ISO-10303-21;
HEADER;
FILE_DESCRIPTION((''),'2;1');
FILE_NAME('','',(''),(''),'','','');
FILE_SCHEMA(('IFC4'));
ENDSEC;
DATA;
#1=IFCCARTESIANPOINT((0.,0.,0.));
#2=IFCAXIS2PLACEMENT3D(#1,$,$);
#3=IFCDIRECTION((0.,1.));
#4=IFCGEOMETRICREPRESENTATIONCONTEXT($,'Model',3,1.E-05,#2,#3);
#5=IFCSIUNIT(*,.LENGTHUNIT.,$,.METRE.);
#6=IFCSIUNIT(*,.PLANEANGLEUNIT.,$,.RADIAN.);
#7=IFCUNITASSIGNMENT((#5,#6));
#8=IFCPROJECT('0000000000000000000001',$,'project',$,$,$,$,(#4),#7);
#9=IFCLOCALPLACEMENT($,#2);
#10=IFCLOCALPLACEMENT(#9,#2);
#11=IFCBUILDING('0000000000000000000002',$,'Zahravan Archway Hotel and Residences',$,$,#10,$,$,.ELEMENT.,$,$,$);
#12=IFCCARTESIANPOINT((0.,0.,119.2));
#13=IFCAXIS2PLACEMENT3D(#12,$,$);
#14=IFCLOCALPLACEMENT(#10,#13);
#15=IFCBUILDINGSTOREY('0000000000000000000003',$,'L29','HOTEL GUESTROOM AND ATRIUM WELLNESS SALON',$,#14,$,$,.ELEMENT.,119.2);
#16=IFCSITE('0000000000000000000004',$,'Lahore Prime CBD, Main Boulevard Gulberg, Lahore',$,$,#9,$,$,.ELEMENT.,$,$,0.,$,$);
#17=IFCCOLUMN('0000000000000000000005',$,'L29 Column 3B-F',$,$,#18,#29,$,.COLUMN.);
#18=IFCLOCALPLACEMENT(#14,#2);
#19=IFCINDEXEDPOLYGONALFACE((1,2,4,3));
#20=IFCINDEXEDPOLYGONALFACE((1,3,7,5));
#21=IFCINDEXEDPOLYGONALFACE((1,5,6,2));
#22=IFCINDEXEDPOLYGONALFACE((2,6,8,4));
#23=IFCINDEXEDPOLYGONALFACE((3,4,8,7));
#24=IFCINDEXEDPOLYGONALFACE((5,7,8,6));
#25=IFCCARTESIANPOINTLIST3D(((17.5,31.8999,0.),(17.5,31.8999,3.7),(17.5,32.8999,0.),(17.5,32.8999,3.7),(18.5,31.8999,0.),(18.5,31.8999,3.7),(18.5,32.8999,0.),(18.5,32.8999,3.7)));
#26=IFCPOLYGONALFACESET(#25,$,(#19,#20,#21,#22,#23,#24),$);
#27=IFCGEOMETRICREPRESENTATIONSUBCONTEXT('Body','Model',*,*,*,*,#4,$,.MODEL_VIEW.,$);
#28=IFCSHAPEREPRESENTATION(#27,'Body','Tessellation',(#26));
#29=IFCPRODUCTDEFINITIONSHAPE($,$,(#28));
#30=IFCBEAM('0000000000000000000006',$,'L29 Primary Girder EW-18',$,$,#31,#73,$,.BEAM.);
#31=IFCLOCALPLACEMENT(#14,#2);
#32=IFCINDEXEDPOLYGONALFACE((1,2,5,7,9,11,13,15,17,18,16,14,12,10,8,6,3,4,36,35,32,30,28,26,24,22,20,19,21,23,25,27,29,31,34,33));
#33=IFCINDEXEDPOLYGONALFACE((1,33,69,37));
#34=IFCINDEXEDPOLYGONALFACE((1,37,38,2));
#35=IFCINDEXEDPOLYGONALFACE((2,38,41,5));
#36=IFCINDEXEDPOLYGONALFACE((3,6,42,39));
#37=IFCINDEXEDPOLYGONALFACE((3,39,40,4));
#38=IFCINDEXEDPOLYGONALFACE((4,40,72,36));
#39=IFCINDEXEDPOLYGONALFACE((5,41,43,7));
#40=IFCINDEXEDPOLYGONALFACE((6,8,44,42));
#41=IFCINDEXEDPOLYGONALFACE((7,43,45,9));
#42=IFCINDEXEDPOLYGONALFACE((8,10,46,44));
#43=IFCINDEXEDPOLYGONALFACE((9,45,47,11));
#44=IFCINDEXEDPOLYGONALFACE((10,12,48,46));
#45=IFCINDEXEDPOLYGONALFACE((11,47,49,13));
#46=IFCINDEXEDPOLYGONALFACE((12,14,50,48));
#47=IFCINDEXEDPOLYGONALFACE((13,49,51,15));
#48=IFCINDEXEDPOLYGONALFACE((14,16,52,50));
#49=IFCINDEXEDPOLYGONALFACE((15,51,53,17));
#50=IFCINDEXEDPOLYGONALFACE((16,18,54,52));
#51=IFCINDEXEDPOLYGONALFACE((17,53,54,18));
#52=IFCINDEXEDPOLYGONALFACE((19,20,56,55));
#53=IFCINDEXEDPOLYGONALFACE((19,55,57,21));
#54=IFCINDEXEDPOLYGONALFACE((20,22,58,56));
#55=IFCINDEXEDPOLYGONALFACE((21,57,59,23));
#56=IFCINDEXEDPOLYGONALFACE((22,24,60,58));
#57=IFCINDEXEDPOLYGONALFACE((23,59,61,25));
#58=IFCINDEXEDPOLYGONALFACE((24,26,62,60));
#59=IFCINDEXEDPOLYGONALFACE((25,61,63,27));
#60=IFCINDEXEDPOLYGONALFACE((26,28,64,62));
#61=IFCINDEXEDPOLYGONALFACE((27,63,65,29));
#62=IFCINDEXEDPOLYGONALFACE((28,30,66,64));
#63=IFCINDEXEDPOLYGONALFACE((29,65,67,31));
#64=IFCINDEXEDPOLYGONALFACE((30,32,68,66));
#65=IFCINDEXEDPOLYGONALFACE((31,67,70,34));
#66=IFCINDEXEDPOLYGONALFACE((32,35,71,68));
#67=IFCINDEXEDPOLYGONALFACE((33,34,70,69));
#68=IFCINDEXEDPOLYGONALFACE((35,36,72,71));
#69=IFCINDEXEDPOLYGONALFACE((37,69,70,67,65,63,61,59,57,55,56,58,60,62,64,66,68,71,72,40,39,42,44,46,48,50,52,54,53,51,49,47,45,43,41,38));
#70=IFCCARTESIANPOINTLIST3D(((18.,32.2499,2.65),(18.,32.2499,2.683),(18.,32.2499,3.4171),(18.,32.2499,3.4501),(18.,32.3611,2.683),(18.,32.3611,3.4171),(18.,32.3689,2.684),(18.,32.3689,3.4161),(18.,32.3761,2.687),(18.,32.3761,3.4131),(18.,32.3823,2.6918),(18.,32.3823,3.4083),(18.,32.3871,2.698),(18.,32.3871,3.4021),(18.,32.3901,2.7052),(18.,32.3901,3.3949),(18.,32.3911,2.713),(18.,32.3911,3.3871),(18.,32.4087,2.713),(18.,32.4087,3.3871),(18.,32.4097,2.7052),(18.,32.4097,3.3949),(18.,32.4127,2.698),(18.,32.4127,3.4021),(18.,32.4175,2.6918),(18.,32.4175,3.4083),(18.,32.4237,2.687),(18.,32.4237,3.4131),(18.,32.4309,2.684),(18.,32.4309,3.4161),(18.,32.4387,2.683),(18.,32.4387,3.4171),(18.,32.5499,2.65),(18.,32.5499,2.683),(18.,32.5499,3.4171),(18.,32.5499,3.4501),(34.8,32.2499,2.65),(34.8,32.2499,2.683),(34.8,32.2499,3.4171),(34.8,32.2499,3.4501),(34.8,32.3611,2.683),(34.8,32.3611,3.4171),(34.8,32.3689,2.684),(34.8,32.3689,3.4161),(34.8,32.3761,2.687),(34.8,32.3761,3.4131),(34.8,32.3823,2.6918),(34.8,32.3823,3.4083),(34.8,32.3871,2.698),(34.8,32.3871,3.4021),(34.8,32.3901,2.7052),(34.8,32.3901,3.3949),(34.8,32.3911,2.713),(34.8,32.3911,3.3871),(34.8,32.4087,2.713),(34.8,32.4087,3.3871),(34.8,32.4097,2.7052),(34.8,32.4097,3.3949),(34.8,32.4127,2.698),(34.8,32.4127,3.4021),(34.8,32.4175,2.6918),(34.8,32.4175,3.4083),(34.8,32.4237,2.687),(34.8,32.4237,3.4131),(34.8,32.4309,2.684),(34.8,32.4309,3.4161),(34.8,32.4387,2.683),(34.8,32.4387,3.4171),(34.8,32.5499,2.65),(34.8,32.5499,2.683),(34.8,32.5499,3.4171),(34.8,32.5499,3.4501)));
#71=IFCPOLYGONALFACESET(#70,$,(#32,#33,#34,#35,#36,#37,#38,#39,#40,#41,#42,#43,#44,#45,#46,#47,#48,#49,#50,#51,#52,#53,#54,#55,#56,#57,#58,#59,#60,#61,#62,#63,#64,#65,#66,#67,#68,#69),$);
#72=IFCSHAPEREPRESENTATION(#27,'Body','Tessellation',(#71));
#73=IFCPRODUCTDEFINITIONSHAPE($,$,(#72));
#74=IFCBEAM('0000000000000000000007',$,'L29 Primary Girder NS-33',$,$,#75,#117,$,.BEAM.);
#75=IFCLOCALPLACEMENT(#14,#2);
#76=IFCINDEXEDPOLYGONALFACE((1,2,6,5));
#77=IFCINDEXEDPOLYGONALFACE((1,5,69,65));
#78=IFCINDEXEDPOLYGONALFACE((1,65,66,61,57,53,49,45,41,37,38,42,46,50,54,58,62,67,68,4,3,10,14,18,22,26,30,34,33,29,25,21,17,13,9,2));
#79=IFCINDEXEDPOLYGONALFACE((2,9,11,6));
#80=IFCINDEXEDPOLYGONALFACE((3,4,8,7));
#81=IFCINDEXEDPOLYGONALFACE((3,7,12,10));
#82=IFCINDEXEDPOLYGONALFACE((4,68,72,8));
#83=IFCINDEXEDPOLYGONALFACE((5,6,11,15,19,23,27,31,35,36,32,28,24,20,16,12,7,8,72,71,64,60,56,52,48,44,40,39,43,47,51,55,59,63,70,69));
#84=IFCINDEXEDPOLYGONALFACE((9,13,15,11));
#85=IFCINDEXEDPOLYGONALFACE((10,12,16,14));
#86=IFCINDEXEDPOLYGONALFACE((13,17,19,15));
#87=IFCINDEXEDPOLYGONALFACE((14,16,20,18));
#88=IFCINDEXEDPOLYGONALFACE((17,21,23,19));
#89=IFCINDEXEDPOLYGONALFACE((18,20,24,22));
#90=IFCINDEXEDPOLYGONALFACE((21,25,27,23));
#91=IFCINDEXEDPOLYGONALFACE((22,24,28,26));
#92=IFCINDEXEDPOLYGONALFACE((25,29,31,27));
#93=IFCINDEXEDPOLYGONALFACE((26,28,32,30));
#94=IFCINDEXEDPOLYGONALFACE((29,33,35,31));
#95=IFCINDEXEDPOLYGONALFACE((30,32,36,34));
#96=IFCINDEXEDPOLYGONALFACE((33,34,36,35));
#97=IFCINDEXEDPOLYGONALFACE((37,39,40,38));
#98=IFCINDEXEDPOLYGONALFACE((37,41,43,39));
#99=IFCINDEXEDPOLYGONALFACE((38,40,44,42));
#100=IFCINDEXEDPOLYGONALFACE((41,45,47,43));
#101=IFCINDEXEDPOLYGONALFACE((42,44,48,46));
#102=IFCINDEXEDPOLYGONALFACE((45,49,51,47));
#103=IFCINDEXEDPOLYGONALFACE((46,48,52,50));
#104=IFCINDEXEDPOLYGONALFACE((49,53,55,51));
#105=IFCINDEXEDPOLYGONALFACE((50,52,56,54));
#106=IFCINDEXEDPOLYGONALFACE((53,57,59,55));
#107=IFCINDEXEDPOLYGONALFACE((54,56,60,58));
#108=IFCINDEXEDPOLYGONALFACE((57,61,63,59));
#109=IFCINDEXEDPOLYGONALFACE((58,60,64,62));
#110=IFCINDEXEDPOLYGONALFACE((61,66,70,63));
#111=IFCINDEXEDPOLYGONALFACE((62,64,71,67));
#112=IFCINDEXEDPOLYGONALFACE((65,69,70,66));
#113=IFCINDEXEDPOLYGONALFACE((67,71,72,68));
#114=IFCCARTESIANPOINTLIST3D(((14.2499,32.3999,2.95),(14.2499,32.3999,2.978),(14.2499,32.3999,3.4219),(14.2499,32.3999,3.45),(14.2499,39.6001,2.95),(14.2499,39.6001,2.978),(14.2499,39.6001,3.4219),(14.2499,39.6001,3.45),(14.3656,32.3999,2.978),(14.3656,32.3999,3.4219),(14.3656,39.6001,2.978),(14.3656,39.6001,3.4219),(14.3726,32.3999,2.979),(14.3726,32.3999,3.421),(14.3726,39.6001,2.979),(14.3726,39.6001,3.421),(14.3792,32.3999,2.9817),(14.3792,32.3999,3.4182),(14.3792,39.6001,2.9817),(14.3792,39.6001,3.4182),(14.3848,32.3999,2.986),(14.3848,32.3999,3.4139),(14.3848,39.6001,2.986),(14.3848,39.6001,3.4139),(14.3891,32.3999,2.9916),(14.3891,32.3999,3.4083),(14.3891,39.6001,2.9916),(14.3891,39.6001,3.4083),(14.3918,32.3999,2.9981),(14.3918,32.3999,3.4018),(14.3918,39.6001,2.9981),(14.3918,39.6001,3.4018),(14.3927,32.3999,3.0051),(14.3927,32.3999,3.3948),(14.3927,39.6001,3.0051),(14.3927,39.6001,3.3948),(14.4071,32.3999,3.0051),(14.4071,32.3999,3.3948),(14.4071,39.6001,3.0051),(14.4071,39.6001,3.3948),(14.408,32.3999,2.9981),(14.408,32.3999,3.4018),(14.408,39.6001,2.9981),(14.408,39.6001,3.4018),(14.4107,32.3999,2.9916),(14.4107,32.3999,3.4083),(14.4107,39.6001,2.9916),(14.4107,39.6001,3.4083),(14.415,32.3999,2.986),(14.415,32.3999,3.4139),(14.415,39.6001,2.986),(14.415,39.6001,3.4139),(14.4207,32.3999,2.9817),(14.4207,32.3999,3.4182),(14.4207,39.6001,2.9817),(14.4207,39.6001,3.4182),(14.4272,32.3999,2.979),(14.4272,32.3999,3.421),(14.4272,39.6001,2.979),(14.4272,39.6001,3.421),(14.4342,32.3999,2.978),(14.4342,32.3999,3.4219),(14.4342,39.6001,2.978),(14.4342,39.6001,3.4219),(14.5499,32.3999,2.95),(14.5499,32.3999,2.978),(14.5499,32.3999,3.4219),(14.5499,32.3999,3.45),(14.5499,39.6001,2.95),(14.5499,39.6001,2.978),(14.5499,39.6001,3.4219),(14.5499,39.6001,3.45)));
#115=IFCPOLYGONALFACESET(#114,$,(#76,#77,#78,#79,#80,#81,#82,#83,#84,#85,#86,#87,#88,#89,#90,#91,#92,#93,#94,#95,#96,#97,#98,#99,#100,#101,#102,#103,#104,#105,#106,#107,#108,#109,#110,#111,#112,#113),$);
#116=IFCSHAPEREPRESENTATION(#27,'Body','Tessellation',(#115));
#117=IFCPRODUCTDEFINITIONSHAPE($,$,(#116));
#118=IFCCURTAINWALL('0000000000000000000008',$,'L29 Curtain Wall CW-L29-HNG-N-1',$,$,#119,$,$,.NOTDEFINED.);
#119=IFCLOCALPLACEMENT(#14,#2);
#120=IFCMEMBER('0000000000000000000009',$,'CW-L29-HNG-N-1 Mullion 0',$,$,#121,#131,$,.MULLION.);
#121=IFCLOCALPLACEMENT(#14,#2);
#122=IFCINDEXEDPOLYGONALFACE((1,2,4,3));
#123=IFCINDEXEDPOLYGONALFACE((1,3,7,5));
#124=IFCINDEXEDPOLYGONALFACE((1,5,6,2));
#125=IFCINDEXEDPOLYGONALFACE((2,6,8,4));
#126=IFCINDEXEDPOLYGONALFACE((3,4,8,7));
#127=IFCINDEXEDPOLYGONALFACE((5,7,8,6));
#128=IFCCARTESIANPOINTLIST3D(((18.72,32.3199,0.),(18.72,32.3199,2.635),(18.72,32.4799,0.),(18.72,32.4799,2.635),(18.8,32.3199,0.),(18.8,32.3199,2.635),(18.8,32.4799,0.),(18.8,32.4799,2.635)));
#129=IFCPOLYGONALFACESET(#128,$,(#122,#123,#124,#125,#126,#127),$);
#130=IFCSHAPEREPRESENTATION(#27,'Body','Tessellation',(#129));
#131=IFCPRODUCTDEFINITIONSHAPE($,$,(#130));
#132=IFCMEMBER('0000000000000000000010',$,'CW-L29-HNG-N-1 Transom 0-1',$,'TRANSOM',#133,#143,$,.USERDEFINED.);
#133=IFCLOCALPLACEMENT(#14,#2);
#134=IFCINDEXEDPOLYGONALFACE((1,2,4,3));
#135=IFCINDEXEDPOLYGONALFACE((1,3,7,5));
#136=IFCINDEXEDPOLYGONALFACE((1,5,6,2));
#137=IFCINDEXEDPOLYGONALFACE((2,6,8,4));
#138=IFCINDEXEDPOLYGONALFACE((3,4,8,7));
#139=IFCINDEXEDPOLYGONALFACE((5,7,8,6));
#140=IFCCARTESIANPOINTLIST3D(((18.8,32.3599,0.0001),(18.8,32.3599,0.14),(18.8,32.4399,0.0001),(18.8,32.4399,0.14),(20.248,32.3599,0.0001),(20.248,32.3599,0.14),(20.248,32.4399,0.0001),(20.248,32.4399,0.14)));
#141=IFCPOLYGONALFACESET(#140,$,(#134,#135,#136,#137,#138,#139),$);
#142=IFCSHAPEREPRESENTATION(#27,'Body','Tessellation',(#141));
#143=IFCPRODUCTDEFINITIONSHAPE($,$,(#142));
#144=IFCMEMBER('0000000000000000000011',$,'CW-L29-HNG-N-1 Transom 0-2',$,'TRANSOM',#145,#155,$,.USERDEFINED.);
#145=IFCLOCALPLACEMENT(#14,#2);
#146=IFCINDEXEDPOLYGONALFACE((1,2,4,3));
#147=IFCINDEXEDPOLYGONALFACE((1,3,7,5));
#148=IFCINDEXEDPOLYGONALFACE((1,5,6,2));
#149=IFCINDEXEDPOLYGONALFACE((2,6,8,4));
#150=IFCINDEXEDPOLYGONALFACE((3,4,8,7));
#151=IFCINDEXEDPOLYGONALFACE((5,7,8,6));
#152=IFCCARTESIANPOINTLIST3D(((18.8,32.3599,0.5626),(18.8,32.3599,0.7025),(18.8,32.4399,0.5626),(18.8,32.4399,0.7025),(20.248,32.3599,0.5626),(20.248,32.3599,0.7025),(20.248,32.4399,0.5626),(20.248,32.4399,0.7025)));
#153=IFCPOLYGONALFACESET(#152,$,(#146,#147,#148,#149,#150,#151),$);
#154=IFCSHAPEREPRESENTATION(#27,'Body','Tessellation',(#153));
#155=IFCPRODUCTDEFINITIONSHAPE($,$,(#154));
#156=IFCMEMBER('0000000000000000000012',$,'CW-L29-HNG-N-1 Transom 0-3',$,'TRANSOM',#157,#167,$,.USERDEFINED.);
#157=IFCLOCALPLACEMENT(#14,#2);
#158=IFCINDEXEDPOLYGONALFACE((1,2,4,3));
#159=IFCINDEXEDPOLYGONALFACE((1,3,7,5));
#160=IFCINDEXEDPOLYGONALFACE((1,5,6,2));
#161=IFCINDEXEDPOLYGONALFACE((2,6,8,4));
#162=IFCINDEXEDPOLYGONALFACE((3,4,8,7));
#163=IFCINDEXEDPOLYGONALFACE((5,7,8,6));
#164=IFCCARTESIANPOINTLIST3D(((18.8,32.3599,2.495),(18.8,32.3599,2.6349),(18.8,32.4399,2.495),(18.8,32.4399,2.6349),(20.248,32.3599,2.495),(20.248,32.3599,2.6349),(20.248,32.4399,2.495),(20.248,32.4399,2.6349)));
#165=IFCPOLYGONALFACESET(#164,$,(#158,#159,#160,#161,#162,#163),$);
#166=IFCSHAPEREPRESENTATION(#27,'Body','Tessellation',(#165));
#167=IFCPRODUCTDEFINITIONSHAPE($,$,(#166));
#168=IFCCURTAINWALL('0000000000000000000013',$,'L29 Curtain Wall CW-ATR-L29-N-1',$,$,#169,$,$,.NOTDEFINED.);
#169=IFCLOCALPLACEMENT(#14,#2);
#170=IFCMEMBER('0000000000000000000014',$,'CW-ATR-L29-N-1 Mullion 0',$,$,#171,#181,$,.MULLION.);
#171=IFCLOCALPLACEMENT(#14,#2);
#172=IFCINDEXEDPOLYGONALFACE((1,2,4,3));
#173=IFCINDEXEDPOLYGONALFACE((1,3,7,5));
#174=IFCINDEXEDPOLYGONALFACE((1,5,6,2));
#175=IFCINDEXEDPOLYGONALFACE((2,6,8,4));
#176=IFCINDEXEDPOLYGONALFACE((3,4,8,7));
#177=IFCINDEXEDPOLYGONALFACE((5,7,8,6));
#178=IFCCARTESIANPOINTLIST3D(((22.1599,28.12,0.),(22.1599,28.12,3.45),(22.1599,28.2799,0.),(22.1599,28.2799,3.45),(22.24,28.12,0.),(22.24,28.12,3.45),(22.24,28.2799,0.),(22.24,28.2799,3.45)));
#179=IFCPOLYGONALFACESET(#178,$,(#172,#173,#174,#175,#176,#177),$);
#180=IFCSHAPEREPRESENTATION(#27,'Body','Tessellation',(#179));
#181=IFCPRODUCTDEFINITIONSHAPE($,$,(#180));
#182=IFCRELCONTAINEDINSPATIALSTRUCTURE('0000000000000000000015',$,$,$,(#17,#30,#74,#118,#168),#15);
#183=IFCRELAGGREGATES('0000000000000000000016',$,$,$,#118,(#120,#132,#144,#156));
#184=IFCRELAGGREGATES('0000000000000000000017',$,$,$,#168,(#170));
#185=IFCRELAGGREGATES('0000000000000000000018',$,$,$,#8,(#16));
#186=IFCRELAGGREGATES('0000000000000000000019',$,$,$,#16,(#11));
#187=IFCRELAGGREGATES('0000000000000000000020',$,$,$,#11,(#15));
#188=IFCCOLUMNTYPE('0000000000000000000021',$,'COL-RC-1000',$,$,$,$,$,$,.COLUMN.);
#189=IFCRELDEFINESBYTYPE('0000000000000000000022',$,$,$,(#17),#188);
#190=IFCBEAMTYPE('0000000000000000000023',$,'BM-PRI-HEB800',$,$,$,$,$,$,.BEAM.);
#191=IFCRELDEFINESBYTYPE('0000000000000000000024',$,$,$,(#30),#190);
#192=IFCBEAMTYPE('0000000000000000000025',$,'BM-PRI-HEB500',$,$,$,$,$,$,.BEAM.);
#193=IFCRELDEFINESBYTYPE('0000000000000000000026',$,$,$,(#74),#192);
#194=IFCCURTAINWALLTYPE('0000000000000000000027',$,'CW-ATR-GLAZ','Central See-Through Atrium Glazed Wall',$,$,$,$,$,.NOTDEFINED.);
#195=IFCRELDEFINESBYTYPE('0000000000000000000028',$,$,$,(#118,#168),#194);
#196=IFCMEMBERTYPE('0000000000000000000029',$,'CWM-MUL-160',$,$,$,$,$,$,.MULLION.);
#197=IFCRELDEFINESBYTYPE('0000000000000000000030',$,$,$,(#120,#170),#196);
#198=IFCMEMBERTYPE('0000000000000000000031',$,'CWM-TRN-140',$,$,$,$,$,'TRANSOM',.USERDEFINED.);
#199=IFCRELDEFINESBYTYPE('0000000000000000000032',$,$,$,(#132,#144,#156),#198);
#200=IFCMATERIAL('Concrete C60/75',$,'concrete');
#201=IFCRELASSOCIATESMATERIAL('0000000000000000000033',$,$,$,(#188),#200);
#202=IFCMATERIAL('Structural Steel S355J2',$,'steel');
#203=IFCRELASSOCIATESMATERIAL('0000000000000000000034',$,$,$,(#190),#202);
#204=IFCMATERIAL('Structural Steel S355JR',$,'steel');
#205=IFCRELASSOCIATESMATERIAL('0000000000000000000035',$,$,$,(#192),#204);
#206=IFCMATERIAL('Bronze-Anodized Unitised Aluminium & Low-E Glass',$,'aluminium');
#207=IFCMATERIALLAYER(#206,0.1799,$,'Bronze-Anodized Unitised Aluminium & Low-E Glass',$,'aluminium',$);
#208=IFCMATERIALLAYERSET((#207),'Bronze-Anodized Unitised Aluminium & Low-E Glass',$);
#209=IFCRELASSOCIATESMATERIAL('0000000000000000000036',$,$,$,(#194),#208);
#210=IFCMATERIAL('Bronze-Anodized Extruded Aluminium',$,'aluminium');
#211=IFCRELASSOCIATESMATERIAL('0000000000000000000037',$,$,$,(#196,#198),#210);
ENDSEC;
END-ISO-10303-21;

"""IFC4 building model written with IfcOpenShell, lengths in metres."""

from ifc_helpers import new_model, si_unit, direction, frame, origin, origin_2d, place, context, subcontext, project, spatial, rectangle, i_section, extrude, source, transform, mapped, material, layer, layer_set, material_profile, profile_set, type_object, type_shapes, element, aggregate, save


model = new_model("IFC4")

# Units and contexts
model_context = context("Model", 3, precision=1e-05, world=origin(), true_north=direction((0.0, 1.0)))
body_context = subcontext(model_context, "Body", "Model", "MODEL_VIEW")
ifc_project = project(units=[si_unit("LENGTHUNIT", "METRE"), si_unit("PLANEANGLEUNIT", "RADIAN")], contexts=[model_context])

# Site, building, storey
site_placement = place(None, origin())
site = spatial("IfcSite", under=ifc_project, at=site_placement, Name="Lahore Prime CBD, Main Boulevard Gulberg, Lahore", CompositionType="ELEMENT", RefElevation=0.0)
building_placement = place(site_placement, origin())
building = spatial("IfcBuilding", under=site, at=building_placement, Name="Zahravan Archway Hotel and Residences", CompositionType="ELEMENT")
storey_placement = place(building_placement, frame((0.0, 0.0, 119.2)))
storey = spatial("IfcBuildingStorey", under=building, at=storey_placement, Name="L29", Description="HOTEL GUESTROOM AND ATRIUM WELLNESS SALON", CompositionType="ELEMENT", Elevation=119.2)

# Column
ifc_material_1 = material(Name="Concrete C60/75", Category="concrete")
ifc_material_profile_1 = material_profile(ifc_material_1, rectangle(XDim=1.0, YDim=1.0, at=origin_2d()), Name="RC-COL-1000x1000", Category="concrete")
ifc_profile_set_1 = profile_set([ifc_material_profile_1], Name="Concrete C60/75")
column_type = type_object("IfcColumnType", Name="COL-RC-1000", PredefinedType="COLUMN", material=ifc_profile_set_1)
shared_shape_1 = source(origin(), body_context, "Body", "SweptSolid", [
    extrude(rectangle(XDim=1.0, YDim=1.0, at=origin_2d()), origin(), (0.0, 0.0, 1.0), 3.7),
])
type_shapes(column_type, [shared_shape_1])
column_placement = place(storey_placement, frame((18.0, 32.3999, 0.0), z_axis=(0.0, 0.0, 1.0), x_axis=(1.0, 0.0, 0.0)))
element("IfcColumn", 1, at=column_placement, inside=storey, type_object=column_type, Name="L29 Column 3B-F", PredefinedType="COLUMN", context=body_context, shape_type="MappedRepresentation", body=[
    mapped(shared_shape_1, transform((0.0, 0.0, 0.0), scale=1.0)),
])

# Beams
ifc_material_2 = material(Name="Structural Steel S355J2", Category="steel")
ifc_material_profile_2 = material_profile(ifc_material_2, i_section(OverallWidth=0.3, OverallDepth=0.8, WebThickness=0.0176, FlangeThickness=0.033, FilletRadius=0.03, at=origin_2d()), Name="HEB 800", Category="steel")
ifc_profile_set_2 = profile_set([ifc_material_profile_2], Name="Structural Steel S355J2")
beam_type_1 = type_object("IfcBeamType", Name="BM-PRI-HEB800", PredefinedType="BEAM", material=ifc_profile_set_2)
shared_shape_2 = source(origin(), body_context, "Body", "SweptSolid", [
    extrude(i_section(OverallWidth=0.3, OverallDepth=0.8, WebThickness=0.0176, FlangeThickness=0.033, FilletRadius=0.03, at=origin_2d()), origin(), (0.0, 0.0, 1.0), 16.8),
])
type_shapes(beam_type_1, [shared_shape_2])
beam_1_placement = place(storey_placement, frame((18.0, 32.3999, 3.05), z_axis=(1.0, 0.0, 0.0), x_axis=(0.0, 1.0, 0.0)))
element("IfcBeam", 2, at=beam_1_placement, inside=storey, type_object=beam_type_1, Name="L29 Primary Girder EW-18", PredefinedType="BEAM", context=body_context, shape_type="MappedRepresentation", body=[
    mapped(shared_shape_2, transform((0.0, 0.0, 0.0), scale=1.0)),
])
ifc_material_3 = material(Name="Structural Steel S355JR", Category="steel")
ifc_material_profile_3 = material_profile(ifc_material_3, i_section(OverallWidth=0.3, OverallDepth=0.5, WebThickness=0.0144, FlangeThickness=0.0281, FilletRadius=0.0271, at=origin_2d()), Name="HEB 500", Category="steel")
ifc_profile_set_3 = profile_set([ifc_material_profile_3], Name="Structural Steel S355JR")
beam_type_2 = type_object("IfcBeamType", Name="BM-PRI-HEB500", PredefinedType="BEAM", material=ifc_profile_set_3)
shared_shape_3 = source(origin(), body_context, "Body", "SweptSolid", [
    extrude(i_section(OverallWidth=0.3, OverallDepth=0.5, WebThickness=0.0144, FlangeThickness=0.0281, FilletRadius=0.0271, at=origin_2d()), origin(), (0.0, 0.0, 1.0), 7.2002),
])
type_shapes(beam_type_2, [shared_shape_3])
beam_2_placement = place(storey_placement, frame((14.3999, 32.3999, 3.2), z_axis=(0.0, 1.0, 0.0), x_axis=(-1.0, 0.0, 0.0)))
element("IfcBeam", 3, at=beam_2_placement, inside=storey, type_object=beam_type_2, Name="L29 Primary Girder NS-33", PredefinedType="BEAM", context=body_context, shape_type="MappedRepresentation", body=[
    mapped(shared_shape_3, transform((0.0, 0.0, 0.0), scale=1.0)),
])

# Curtain walls, members
ifc_material_4 = material(Name="Bronze-Anodized Unitised Aluminium & Low-E Glass", Category="aluminium")
ifc_layer_1 = layer(ifc_material_4, 0.1799, Name="Bronze-Anodized Unitised Aluminium & Low-E Glass", Category="aluminium")
ifc_layer_set_1 = layer_set([ifc_layer_1], Name="Bronze-Anodized Unitised Aluminium & Low-E Glass")
curtain_wall_type = type_object("IfcCurtainWallType", Name="CW-ATR-GLAZ", Description="Central See-Through Atrium Glazed Wall", PredefinedType="NOTDEFINED", material=ifc_layer_set_1)
curtain_wall_1_placement = place(storey_placement, origin())
curtain_wall_1 = element("IfcCurtainWall", 4, at=curtain_wall_1_placement, inside=storey, type_object=curtain_wall_type, Name="L29 Curtain Wall CW-L29-HNG-N-1", PredefinedType="NOTDEFINED")
ifc_material_5 = material(Name="Bronze-Anodized Extruded Aluminium", Category="aluminium")
ifc_material_profile_4 = material_profile(ifc_material_5, rectangle(XDim=0.0801, YDim=0.1599, at=origin_2d()), Name="MUL 80x160", Category="aluminium")
ifc_profile_set_4 = profile_set([ifc_material_profile_4], Name="Bronze-Anodized Extruded Aluminium")
member_type_1 = type_object("IfcMemberType", Name="CWM-MUL-160", PredefinedType="MULLION", material=ifc_profile_set_4)
shared_shape_4 = source(origin(), body_context, "Body", "SweptSolid", [
    extrude(rectangle(XDim=0.0801, YDim=0.1599, at=origin_2d()), origin(), (0.0, 0.0, 1.0), 2.635),
])
member_1_placement = place(storey_placement, frame((18.76, 32.3999, 0.0), z_axis=(0.0, 0.0, 1.0), x_axis=(1.0, 0.0, 0.0)))
member_1 = element("IfcMember", 5, at=member_1_placement, type_object=member_type_1, Name="CW-L29-HNG-N-1 Mullion 0", PredefinedType="MULLION", context=body_context, shape_type="MappedRepresentation", body=[
    mapped(shared_shape_4, transform((0.0, 0.0, 0.0), scale=1.0)),
])
ifc_material_profile_5 = material_profile(ifc_material_5, rectangle(XDim=0.0801, YDim=0.1399, at=origin_2d()), Name="TRN 80x140", Category="aluminium")
ifc_profile_set_5 = profile_set([ifc_material_profile_5], Name="Bronze-Anodized Extruded Aluminium")
member_type_2 = type_object("IfcMemberType", Name="CWM-TRN-140", ElementType="TRANSOM", PredefinedType="USERDEFINED", material=ifc_profile_set_5)
shared_shape_5 = source(origin(), body_context, "Body", "SweptSolid", [
    extrude(rectangle(XDim=0.0801, YDim=0.1399, at=origin_2d()), origin(), (0.0, 0.0, 1.0), 1.448),
])
member_2_placement = place(storey_placement, frame((18.8, 32.3999, 0.0701), z_axis=(1.0, 0.0, 0.0), x_axis=(0.0, 1.0, 0.0)))
member_2 = element("IfcMember", 6, at=member_2_placement, type_object=member_type_2, Name="CW-L29-HNG-N-1 Transom 0-1", ObjectType="TRANSOM", PredefinedType="USERDEFINED", context=body_context, shape_type="MappedRepresentation", body=[
    mapped(shared_shape_5, transform((0.0, 0.0, 0.0), scale=1.0)),
])
member_3_placement = place(storey_placement, frame((18.8, 32.3999, 0.6326), z_axis=(1.0, 0.0, 0.0), x_axis=(0.0, 1.0, 0.0)))
member_3 = element("IfcMember", 7, at=member_3_placement, type_object=member_type_2, Name="CW-L29-HNG-N-1 Transom 0-2", ObjectType="TRANSOM", PredefinedType="USERDEFINED", context=body_context, shape_type="MappedRepresentation", body=[
    mapped(shared_shape_5, transform((0.0, 0.0, 0.0), scale=1.0)),
])
member_4_placement = place(storey_placement, frame((18.8, 32.3999, 2.5649), z_axis=(1.0, 0.0, 0.0), x_axis=(0.0, 1.0, 0.0)))
member_4 = element("IfcMember", 8, at=member_4_placement, type_object=member_type_2, Name="CW-L29-HNG-N-1 Transom 0-3", ObjectType="TRANSOM", PredefinedType="USERDEFINED", context=body_context, shape_type="MappedRepresentation", body=[
    mapped(shared_shape_5, transform((0.0, 0.0, 0.0), scale=1.0)),
])
curtain_wall_2_placement = place(storey_placement, origin())
curtain_wall_2 = element("IfcCurtainWall", 9, at=curtain_wall_2_placement, inside=storey, type_object=curtain_wall_type, Name="L29 Curtain Wall CW-ATR-L29-N-1", PredefinedType="NOTDEFINED")
shared_shape_6 = source(origin(), body_context, "Body", "SweptSolid", [
    extrude(rectangle(XDim=0.0801, YDim=0.1599, at=origin_2d()), origin(), (0.0, 0.0, 1.0), 3.45),
])
member_5_placement = place(storey_placement, frame((22.2, 28.2, 0.0), z_axis=(0.0, 0.0, 1.0), x_axis=(1.0, 0.0, 0.0)))
member_5 = element("IfcMember", 10, at=member_5_placement, type_object=member_type_1, Name="CW-ATR-L29-N-1 Mullion 0", PredefinedType="MULLION", context=body_context, shape_type="MappedRepresentation", body=[
    mapped(shared_shape_6, transform((0.0, 0.0, 0.0), scale=1.0)),
])

aggregate(curtain_wall_1, [member_1, member_2, member_3, member_4])
aggregate(curtain_wall_2, [member_5])

save(model, "model.ifc")
